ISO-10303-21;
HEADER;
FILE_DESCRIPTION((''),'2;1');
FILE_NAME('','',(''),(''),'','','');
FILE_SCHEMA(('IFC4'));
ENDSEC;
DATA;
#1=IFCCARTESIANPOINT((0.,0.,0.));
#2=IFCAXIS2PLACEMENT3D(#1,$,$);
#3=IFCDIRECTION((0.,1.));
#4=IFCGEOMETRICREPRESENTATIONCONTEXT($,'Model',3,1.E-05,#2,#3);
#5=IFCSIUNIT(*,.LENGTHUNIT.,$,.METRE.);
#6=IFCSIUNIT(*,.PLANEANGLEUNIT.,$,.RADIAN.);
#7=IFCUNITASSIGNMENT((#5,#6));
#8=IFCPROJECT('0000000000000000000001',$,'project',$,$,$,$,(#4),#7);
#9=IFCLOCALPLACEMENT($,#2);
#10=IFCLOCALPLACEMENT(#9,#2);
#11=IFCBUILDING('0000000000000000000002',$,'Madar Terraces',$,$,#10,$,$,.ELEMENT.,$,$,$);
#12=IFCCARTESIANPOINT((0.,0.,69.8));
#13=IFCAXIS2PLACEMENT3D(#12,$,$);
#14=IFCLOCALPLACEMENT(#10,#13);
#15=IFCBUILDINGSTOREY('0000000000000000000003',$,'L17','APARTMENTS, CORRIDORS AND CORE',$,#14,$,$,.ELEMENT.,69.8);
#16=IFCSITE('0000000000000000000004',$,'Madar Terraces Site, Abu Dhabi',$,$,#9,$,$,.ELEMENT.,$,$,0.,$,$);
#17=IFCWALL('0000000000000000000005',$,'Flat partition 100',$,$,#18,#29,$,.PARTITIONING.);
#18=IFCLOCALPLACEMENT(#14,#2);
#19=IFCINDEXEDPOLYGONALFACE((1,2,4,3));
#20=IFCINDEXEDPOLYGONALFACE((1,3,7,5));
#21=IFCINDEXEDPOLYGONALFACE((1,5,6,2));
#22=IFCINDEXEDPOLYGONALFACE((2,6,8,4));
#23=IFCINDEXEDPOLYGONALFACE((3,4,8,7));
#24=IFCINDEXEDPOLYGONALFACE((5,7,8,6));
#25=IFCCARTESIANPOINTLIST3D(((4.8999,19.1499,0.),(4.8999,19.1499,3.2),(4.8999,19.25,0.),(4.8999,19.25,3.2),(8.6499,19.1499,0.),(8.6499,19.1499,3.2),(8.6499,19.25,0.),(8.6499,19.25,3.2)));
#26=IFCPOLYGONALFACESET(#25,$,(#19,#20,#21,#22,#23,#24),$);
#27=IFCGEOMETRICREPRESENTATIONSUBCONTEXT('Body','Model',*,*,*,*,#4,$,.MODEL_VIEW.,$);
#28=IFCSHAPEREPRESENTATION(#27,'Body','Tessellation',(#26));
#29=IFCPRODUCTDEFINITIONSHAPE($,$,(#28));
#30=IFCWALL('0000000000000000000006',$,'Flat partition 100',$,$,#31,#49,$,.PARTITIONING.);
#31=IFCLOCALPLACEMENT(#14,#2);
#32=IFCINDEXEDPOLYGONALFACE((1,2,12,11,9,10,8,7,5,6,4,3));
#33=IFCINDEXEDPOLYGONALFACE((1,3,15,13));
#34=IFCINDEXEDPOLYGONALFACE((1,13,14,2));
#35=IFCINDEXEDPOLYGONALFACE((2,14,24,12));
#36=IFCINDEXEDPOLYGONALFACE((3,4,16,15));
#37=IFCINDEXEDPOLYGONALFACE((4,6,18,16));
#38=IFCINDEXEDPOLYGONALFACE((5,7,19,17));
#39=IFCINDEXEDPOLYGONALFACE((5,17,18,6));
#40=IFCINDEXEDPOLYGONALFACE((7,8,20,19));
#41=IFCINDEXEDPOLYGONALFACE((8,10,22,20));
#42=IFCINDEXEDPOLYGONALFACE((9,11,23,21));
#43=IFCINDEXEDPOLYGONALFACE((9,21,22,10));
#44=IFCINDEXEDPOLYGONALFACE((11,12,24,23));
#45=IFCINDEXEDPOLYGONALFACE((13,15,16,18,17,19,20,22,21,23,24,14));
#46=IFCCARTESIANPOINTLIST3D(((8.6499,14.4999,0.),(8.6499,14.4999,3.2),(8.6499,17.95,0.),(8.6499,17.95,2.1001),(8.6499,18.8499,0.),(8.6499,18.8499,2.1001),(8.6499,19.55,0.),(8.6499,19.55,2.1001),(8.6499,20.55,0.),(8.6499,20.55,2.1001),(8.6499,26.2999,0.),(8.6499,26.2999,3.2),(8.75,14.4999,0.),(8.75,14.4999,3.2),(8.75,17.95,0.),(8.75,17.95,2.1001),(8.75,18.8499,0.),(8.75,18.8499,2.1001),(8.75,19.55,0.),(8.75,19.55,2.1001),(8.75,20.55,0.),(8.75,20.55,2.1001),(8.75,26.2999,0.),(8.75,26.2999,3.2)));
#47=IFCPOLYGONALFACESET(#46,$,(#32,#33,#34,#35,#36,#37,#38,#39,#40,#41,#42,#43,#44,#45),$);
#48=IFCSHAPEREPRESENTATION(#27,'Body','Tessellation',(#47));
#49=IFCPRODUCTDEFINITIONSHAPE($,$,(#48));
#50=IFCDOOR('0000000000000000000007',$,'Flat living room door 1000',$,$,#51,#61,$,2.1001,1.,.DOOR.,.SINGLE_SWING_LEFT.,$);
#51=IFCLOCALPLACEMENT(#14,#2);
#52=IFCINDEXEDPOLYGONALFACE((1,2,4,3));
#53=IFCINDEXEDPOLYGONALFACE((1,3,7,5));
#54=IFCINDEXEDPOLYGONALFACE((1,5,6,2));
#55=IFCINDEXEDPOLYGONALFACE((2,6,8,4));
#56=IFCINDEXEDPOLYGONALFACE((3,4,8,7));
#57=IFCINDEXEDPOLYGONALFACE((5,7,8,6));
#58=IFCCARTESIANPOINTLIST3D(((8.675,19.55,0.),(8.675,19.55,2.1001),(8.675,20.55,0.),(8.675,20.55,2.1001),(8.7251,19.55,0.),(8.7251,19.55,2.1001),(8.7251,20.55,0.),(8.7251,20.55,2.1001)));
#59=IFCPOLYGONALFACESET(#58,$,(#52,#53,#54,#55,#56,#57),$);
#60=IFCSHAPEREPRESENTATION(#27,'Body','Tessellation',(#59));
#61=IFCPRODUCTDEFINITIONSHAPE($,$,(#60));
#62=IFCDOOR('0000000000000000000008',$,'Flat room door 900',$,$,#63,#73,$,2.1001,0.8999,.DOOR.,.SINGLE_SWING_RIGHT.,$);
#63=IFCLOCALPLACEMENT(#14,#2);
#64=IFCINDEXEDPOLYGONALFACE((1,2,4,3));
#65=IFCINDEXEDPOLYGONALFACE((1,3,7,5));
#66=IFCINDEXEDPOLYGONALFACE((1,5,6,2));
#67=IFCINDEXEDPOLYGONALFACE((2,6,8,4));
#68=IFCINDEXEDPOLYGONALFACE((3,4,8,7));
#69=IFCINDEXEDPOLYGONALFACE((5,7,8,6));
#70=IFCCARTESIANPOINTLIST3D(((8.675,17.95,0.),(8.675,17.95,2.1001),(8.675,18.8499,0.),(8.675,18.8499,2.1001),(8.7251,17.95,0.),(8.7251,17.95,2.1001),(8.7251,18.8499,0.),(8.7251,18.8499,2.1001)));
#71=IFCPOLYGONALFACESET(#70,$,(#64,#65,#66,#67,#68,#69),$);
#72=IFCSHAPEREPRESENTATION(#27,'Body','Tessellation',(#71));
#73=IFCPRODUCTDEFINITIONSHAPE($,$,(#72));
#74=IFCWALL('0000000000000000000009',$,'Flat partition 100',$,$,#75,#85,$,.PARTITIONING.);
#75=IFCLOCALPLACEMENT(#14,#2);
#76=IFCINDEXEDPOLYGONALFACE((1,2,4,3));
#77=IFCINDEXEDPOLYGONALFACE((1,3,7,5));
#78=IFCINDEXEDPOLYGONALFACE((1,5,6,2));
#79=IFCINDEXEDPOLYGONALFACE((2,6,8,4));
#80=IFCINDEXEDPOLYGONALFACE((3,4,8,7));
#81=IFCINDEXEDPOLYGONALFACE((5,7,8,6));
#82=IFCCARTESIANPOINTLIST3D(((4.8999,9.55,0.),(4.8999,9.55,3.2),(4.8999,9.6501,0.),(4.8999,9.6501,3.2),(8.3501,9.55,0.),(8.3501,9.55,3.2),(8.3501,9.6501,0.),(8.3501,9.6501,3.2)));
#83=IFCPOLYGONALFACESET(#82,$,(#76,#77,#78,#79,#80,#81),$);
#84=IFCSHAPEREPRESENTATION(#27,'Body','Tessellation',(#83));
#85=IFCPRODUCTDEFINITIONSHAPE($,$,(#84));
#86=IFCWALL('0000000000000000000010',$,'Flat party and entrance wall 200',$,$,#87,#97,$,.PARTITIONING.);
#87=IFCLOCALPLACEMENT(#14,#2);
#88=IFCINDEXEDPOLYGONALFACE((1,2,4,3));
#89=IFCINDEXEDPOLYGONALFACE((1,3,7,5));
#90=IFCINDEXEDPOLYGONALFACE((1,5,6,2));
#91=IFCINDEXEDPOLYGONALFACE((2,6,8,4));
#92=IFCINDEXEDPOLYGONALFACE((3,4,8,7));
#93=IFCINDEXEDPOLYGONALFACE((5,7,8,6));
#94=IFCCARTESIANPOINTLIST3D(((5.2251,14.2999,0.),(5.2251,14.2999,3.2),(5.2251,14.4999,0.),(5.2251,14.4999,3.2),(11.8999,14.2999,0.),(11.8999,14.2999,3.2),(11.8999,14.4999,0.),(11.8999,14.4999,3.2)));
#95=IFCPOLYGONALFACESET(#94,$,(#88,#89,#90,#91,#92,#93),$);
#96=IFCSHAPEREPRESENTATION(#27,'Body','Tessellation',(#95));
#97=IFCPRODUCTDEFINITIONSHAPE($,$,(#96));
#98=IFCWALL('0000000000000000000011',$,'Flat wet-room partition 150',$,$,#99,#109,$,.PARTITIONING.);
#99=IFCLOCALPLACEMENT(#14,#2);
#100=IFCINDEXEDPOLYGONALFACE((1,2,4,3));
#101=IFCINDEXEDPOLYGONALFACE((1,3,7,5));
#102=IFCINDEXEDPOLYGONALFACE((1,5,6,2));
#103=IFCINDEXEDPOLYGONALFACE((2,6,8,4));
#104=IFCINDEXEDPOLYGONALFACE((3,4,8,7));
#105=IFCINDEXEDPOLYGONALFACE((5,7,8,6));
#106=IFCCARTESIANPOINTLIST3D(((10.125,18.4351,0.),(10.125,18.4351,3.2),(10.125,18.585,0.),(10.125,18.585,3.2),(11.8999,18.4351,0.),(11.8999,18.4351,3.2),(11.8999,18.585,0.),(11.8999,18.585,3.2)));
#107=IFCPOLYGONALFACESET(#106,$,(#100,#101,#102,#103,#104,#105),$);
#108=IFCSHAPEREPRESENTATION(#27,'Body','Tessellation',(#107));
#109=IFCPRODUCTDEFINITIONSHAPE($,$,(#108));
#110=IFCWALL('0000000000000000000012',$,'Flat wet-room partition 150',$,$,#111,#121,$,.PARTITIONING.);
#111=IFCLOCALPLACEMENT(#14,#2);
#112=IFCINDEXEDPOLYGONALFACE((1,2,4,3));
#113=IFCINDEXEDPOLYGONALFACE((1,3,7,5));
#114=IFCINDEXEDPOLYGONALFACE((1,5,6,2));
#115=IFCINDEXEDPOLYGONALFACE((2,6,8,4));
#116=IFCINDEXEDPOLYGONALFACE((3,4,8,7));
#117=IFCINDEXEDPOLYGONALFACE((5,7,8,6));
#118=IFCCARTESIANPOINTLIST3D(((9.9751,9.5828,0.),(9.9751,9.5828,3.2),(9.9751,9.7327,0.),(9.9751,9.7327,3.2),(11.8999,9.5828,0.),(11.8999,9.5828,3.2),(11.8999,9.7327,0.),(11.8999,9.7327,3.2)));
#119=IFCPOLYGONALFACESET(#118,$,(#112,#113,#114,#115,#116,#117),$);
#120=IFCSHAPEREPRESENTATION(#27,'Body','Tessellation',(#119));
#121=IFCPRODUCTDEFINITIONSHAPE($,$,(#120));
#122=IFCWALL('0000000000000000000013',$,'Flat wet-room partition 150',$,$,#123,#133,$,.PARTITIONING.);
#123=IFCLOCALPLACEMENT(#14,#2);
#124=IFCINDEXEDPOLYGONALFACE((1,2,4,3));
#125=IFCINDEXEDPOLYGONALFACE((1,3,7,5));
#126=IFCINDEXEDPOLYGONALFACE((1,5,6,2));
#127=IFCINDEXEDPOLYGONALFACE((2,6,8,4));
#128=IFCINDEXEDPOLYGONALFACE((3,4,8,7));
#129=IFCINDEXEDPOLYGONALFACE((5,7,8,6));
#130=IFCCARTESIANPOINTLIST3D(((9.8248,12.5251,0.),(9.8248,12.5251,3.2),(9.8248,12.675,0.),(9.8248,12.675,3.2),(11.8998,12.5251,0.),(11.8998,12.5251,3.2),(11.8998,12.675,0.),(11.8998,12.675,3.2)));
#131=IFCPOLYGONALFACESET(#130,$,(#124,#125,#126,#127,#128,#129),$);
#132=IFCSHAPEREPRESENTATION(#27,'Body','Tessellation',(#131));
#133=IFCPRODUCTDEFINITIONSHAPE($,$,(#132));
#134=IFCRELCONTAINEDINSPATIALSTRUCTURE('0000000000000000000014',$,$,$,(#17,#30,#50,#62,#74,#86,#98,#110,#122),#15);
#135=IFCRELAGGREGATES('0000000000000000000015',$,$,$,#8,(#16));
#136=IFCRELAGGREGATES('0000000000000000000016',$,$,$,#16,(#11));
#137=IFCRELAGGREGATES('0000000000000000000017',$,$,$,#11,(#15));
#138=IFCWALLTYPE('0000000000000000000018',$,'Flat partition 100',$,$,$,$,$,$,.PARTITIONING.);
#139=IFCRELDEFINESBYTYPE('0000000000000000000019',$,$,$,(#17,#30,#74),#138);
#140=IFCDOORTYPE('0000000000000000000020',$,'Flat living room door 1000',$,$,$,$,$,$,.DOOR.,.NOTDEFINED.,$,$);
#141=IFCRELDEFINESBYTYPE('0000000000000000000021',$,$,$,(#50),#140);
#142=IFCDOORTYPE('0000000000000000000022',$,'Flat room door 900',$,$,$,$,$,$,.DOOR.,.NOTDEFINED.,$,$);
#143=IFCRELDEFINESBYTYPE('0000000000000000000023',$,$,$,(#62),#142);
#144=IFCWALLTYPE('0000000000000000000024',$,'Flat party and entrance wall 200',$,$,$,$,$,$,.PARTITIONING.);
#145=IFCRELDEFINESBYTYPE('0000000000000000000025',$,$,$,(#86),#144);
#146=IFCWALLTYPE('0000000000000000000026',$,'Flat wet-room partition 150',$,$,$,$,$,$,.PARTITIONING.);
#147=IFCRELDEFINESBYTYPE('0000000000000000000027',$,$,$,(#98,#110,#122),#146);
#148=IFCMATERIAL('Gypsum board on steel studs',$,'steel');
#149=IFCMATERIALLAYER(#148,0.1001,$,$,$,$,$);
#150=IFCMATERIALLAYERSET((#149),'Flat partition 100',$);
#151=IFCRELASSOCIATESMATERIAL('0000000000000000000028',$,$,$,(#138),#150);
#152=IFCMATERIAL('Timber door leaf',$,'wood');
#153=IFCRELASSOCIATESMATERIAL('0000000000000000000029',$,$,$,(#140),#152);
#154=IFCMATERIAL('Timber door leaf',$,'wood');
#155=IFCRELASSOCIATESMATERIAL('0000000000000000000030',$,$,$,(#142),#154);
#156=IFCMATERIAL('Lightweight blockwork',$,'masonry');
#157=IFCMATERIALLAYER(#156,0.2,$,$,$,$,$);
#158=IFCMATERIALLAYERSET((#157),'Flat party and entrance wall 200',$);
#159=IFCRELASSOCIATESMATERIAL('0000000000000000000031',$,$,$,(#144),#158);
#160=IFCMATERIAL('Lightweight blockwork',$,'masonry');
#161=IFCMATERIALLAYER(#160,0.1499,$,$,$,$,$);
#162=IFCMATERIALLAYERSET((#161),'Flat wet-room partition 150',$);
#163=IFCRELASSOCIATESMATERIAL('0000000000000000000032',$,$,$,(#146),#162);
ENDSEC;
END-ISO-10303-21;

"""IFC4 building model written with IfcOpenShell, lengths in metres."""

from ifc_helpers import new_model, si_unit, direction, frame, frame_2d, origin, place, context, subcontext, project, spatial, rectangle, extrude, material, layer, layer_set, type_object, element, fill, save


model = new_model("IFC4")

# Units and contexts
model_context = context("Model", 3, precision=1e-05, world=origin(), true_north=direction((0.0, 1.0)))
body_context = subcontext(model_context, "Body", "Model", "MODEL_VIEW")
ifc_project = project(units=[si_unit("LENGTHUNIT", "METRE"), si_unit("PLANEANGLEUNIT", "RADIAN")], contexts=[model_context])

# Site, building, storey
site_placement = place(None, origin())
site = spatial("IfcSite", under=ifc_project, at=site_placement, Name="Madar Terraces Site, Abu Dhabi", CompositionType="ELEMENT", RefElevation=0.0)
building_placement = place(site_placement, origin())
building = spatial("IfcBuilding", under=site, at=building_placement, Name="Madar Terraces", CompositionType="ELEMENT")
storey_placement = place(building_placement, frame((0.0, 0.0, 69.8)))
storey = spatial("IfcBuildingStorey", under=building, at=storey_placement, Name="L17", Description="APARTMENTS, CORRIDORS AND CORE", CompositionType="ELEMENT", Elevation=69.8)

# Wall
ifc_material_1 = material(Name="Gypsum board on steel studs", Category="steel")
ifc_layer_1 = layer(ifc_material_1, 0.1001)
ifc_layer_set_1 = layer_set([ifc_layer_1], Name="Flat partition 100")
wall_type_1 = type_object("IfcWallType", Name="Flat partition 100", PredefinedType="PARTITIONING", material=ifc_layer_set_1)
wall_1_placement = place(storey_placement, frame((8.6499, 19.2, 0.0), z_axis=(0.0, 0.0, 1.0), x_axis=(-1.0, 0.0, 0.0)))
element("IfcWall", 1, at=wall_1_placement, inside=storey, type_object=wall_type_1, Name="Flat partition 100", PredefinedType="PARTITIONING", context=body_context, shape_type="SweptSolid", body=[
    extrude(rectangle(XDim=3.75, YDim=0.1001, at=frame_2d((1.875, 0.0))), origin(), (0.0, 0.0, 1.0), 3.2),
])

# Wall, openings, doors
wall_2_placement = place(storey_placement, frame((8.7, 14.5, 0.0), z_axis=(0.0, 0.0, 1.0), x_axis=(0.0, 1.0, 0.0)))
wall_2 = element("IfcWall", 2, at=wall_2_placement, inside=storey, type_object=wall_type_1, Name="Flat partition 100", PredefinedType="PARTITIONING", context=body_context, shape_type="SweptSolid", body=[
    extrude(rectangle(XDim=11.8, YDim=0.1001, at=frame_2d((5.8999, 0.0))), origin(), (0.0, 0.0, 1.0), 3.2),
])
opening_1_placement = place(wall_2_placement, frame((5.05, 0.0, 0.0)))
opening_1 = element("IfcOpeningElement", 3, at=opening_1_placement, cuts=wall_2, PredefinedType="OPENING", context=body_context, shape_type="SweptSolid", body=[
    extrude(rectangle(XDim=1.0, YDim=2.1001, at=frame_2d((0.5, 1.05))), frame((0.0, 0.0601, 0.0), z_axis=(0.0, -1.0, 0.0), x_axis=(1.0, 0.0, 0.0)), (0.0, 0.0, 1.0), 0.1201),
])
opening_2_placement = place(wall_2_placement, frame((3.45, 0.0, 0.0)))
opening_2 = element("IfcOpeningElement", 4, at=opening_2_placement, cuts=wall_2, PredefinedType="OPENING", context=body_context, shape_type="SweptSolid", body=[
    extrude(rectangle(XDim=0.8999, YDim=2.1001, at=frame_2d((0.45, 1.05))), frame((0.0, 0.0601, 0.0), z_axis=(0.0, -1.0, 0.0), x_axis=(1.0, 0.0, 0.0)), (0.0, 0.0, 1.0), 0.1201),
])
ifc_material_2 = material(Name="Timber door leaf", Category="wood")
door_type_1 = type_object("IfcDoorType", Name="Flat living room door 1000", OperationType="NOTDEFINED", PredefinedType="DOOR", material=ifc_material_2)
door_1_placement = place(opening_1_placement, origin())
door_1 = element("IfcDoor", 5, at=door_1_placement, inside=storey, type_object=door_type_1, Name="Flat living room door 1000", OperationType="SINGLE_SWING_LEFT", OverallHeight=2.1001, OverallWidth=1.0, PredefinedType="DOOR", context=body_context, shape_type="SweptSolid", body=[
    extrude(rectangle(XDim=1.0, YDim=2.1001, at=frame_2d((0.5, 1.05))), frame((0.0, 0.0249, 0.0), z_axis=(0.0, -1.0, 0.0), x_axis=(1.0, 0.0, 0.0)), (0.0, 0.0, 1.0), 0.05),
])
fill(opening_1, door_1)
ifc_material_3 = material(Name="Timber door leaf", Category="wood")
door_type_2 = type_object("IfcDoorType", Name="Flat room door 900", OperationType="NOTDEFINED", PredefinedType="DOOR", material=ifc_material_3)
door_2_placement = place(opening_2_placement, origin())
door_2 = element("IfcDoor", 6, at=door_2_placement, inside=storey, type_object=door_type_2, Name="Flat room door 900", OperationType="SINGLE_SWING_RIGHT", OverallHeight=2.1001, OverallWidth=0.8999, PredefinedType="DOOR", context=body_context, shape_type="SweptSolid", body=[
    extrude(rectangle(XDim=0.8999, YDim=2.1001, at=frame_2d((0.45, 1.05))), frame((0.0, 0.0249, 0.0), z_axis=(0.0, -1.0, 0.0), x_axis=(1.0, 0.0, 0.0)), (0.0, 0.0, 1.0), 0.05),
])
fill(opening_2, door_2)

# Walls
wall_3_placement = place(storey_placement, frame((8.3501, 9.6001, 0.0), z_axis=(0.0, 0.0, 1.0), x_axis=(-1.0, 0.0, 0.0)))
element("IfcWall", 7, at=wall_3_placement, inside=storey, type_object=wall_type_1, Name="Flat partition 100", PredefinedType="PARTITIONING", context=body_context, shape_type="SweptSolid", body=[
    extrude(rectangle(XDim=3.4502, YDim=0.1001, at=frame_2d((1.7251, 0.0))), origin(), (0.0, 0.0, 1.0), 3.2),
])
ifc_material_4 = material(Name="Lightweight blockwork", Category="masonry")
ifc_layer_2 = layer(ifc_material_4, 0.2)
ifc_layer_set_2 = layer_set([ifc_layer_2], Name="Flat party and entrance wall 200")
wall_type_2 = type_object("IfcWallType", Name="Flat party and entrance wall 200", PredefinedType="PARTITIONING", material=ifc_layer_set_2)
wall_4_placement = place(storey_placement, frame((5.2251, 14.3999, 0.0), z_axis=(0.0, 0.0, 1.0), x_axis=(1.0, 0.0, 0.0)))
element("IfcWall", 8, at=wall_4_placement, inside=storey, type_object=wall_type_2, Name="Flat party and entrance wall 200", PredefinedType="PARTITIONING", context=body_context, shape_type="SweptSolid", body=[
    extrude(rectangle(XDim=6.6748, YDim=0.2, at=frame_2d((3.3374, 0.0))), origin(), (0.0, 0.0, 1.0), 3.2),
])
ifc_material_5 = material(Name="Lightweight blockwork", Category="masonry")
ifc_layer_3 = layer(ifc_material_5, 0.1499)
ifc_layer_set_3 = layer_set([ifc_layer_3], Name="Flat wet-room partition 150")
wall_type_3 = type_object("IfcWallType", Name="Flat wet-room partition 150", PredefinedType="PARTITIONING", material=ifc_layer_set_3)
wall_5_placement = place(storey_placement, frame((11.8999, 18.51, 0.0), z_axis=(0.0, 0.0, 1.0), x_axis=(-1.0, 0.0, 0.0)))
element("IfcWall", 9, at=wall_5_placement, inside=storey, type_object=wall_type_3, Name="Flat wet-room partition 150", PredefinedType="PARTITIONING", context=body_context, shape_type="SweptSolid", body=[
    extrude(rectangle(XDim=1.7749, YDim=0.1499, at=frame_2d((0.8875, 0.0))), origin(), (0.0, 0.0, 1.0), 3.2),
])
wall_6_placement = place(storey_placement, frame((11.8999, 9.6577, 0.0), z_axis=(0.0, 0.0, 1.0), x_axis=(-1.0, 0.0, 0.0)))
element("IfcWall", 10, at=wall_6_placement, inside=storey, type_object=wall_type_3, Name="Flat wet-room partition 150", PredefinedType="PARTITIONING", context=body_context, shape_type="SweptSolid", body=[
    extrude(rectangle(XDim=1.9248, YDim=0.1499, at=frame_2d((0.9624, 0.0))), origin(), (0.0, 0.0, 1.0), 3.2),
])
wall_7_placement = place(storey_placement, frame((11.8999, 12.6001, 0.0), z_axis=(0.0, 0.0, 1.0), x_axis=(-1.0, 0.0, 0.0)))
element("IfcWall", 11, at=wall_7_placement, inside=storey, type_object=wall_type_3, Name="Flat wet-room partition 150", PredefinedType="PARTITIONING", context=body_context, shape_type="SweptSolid", body=[
    extrude(rectangle(XDim=2.075, YDim=0.1499, at=frame_2d((1.0376, 0.0))), origin(), (0.0, 0.0, 1.0), 3.2),
])

save(model, "model.ifc")
